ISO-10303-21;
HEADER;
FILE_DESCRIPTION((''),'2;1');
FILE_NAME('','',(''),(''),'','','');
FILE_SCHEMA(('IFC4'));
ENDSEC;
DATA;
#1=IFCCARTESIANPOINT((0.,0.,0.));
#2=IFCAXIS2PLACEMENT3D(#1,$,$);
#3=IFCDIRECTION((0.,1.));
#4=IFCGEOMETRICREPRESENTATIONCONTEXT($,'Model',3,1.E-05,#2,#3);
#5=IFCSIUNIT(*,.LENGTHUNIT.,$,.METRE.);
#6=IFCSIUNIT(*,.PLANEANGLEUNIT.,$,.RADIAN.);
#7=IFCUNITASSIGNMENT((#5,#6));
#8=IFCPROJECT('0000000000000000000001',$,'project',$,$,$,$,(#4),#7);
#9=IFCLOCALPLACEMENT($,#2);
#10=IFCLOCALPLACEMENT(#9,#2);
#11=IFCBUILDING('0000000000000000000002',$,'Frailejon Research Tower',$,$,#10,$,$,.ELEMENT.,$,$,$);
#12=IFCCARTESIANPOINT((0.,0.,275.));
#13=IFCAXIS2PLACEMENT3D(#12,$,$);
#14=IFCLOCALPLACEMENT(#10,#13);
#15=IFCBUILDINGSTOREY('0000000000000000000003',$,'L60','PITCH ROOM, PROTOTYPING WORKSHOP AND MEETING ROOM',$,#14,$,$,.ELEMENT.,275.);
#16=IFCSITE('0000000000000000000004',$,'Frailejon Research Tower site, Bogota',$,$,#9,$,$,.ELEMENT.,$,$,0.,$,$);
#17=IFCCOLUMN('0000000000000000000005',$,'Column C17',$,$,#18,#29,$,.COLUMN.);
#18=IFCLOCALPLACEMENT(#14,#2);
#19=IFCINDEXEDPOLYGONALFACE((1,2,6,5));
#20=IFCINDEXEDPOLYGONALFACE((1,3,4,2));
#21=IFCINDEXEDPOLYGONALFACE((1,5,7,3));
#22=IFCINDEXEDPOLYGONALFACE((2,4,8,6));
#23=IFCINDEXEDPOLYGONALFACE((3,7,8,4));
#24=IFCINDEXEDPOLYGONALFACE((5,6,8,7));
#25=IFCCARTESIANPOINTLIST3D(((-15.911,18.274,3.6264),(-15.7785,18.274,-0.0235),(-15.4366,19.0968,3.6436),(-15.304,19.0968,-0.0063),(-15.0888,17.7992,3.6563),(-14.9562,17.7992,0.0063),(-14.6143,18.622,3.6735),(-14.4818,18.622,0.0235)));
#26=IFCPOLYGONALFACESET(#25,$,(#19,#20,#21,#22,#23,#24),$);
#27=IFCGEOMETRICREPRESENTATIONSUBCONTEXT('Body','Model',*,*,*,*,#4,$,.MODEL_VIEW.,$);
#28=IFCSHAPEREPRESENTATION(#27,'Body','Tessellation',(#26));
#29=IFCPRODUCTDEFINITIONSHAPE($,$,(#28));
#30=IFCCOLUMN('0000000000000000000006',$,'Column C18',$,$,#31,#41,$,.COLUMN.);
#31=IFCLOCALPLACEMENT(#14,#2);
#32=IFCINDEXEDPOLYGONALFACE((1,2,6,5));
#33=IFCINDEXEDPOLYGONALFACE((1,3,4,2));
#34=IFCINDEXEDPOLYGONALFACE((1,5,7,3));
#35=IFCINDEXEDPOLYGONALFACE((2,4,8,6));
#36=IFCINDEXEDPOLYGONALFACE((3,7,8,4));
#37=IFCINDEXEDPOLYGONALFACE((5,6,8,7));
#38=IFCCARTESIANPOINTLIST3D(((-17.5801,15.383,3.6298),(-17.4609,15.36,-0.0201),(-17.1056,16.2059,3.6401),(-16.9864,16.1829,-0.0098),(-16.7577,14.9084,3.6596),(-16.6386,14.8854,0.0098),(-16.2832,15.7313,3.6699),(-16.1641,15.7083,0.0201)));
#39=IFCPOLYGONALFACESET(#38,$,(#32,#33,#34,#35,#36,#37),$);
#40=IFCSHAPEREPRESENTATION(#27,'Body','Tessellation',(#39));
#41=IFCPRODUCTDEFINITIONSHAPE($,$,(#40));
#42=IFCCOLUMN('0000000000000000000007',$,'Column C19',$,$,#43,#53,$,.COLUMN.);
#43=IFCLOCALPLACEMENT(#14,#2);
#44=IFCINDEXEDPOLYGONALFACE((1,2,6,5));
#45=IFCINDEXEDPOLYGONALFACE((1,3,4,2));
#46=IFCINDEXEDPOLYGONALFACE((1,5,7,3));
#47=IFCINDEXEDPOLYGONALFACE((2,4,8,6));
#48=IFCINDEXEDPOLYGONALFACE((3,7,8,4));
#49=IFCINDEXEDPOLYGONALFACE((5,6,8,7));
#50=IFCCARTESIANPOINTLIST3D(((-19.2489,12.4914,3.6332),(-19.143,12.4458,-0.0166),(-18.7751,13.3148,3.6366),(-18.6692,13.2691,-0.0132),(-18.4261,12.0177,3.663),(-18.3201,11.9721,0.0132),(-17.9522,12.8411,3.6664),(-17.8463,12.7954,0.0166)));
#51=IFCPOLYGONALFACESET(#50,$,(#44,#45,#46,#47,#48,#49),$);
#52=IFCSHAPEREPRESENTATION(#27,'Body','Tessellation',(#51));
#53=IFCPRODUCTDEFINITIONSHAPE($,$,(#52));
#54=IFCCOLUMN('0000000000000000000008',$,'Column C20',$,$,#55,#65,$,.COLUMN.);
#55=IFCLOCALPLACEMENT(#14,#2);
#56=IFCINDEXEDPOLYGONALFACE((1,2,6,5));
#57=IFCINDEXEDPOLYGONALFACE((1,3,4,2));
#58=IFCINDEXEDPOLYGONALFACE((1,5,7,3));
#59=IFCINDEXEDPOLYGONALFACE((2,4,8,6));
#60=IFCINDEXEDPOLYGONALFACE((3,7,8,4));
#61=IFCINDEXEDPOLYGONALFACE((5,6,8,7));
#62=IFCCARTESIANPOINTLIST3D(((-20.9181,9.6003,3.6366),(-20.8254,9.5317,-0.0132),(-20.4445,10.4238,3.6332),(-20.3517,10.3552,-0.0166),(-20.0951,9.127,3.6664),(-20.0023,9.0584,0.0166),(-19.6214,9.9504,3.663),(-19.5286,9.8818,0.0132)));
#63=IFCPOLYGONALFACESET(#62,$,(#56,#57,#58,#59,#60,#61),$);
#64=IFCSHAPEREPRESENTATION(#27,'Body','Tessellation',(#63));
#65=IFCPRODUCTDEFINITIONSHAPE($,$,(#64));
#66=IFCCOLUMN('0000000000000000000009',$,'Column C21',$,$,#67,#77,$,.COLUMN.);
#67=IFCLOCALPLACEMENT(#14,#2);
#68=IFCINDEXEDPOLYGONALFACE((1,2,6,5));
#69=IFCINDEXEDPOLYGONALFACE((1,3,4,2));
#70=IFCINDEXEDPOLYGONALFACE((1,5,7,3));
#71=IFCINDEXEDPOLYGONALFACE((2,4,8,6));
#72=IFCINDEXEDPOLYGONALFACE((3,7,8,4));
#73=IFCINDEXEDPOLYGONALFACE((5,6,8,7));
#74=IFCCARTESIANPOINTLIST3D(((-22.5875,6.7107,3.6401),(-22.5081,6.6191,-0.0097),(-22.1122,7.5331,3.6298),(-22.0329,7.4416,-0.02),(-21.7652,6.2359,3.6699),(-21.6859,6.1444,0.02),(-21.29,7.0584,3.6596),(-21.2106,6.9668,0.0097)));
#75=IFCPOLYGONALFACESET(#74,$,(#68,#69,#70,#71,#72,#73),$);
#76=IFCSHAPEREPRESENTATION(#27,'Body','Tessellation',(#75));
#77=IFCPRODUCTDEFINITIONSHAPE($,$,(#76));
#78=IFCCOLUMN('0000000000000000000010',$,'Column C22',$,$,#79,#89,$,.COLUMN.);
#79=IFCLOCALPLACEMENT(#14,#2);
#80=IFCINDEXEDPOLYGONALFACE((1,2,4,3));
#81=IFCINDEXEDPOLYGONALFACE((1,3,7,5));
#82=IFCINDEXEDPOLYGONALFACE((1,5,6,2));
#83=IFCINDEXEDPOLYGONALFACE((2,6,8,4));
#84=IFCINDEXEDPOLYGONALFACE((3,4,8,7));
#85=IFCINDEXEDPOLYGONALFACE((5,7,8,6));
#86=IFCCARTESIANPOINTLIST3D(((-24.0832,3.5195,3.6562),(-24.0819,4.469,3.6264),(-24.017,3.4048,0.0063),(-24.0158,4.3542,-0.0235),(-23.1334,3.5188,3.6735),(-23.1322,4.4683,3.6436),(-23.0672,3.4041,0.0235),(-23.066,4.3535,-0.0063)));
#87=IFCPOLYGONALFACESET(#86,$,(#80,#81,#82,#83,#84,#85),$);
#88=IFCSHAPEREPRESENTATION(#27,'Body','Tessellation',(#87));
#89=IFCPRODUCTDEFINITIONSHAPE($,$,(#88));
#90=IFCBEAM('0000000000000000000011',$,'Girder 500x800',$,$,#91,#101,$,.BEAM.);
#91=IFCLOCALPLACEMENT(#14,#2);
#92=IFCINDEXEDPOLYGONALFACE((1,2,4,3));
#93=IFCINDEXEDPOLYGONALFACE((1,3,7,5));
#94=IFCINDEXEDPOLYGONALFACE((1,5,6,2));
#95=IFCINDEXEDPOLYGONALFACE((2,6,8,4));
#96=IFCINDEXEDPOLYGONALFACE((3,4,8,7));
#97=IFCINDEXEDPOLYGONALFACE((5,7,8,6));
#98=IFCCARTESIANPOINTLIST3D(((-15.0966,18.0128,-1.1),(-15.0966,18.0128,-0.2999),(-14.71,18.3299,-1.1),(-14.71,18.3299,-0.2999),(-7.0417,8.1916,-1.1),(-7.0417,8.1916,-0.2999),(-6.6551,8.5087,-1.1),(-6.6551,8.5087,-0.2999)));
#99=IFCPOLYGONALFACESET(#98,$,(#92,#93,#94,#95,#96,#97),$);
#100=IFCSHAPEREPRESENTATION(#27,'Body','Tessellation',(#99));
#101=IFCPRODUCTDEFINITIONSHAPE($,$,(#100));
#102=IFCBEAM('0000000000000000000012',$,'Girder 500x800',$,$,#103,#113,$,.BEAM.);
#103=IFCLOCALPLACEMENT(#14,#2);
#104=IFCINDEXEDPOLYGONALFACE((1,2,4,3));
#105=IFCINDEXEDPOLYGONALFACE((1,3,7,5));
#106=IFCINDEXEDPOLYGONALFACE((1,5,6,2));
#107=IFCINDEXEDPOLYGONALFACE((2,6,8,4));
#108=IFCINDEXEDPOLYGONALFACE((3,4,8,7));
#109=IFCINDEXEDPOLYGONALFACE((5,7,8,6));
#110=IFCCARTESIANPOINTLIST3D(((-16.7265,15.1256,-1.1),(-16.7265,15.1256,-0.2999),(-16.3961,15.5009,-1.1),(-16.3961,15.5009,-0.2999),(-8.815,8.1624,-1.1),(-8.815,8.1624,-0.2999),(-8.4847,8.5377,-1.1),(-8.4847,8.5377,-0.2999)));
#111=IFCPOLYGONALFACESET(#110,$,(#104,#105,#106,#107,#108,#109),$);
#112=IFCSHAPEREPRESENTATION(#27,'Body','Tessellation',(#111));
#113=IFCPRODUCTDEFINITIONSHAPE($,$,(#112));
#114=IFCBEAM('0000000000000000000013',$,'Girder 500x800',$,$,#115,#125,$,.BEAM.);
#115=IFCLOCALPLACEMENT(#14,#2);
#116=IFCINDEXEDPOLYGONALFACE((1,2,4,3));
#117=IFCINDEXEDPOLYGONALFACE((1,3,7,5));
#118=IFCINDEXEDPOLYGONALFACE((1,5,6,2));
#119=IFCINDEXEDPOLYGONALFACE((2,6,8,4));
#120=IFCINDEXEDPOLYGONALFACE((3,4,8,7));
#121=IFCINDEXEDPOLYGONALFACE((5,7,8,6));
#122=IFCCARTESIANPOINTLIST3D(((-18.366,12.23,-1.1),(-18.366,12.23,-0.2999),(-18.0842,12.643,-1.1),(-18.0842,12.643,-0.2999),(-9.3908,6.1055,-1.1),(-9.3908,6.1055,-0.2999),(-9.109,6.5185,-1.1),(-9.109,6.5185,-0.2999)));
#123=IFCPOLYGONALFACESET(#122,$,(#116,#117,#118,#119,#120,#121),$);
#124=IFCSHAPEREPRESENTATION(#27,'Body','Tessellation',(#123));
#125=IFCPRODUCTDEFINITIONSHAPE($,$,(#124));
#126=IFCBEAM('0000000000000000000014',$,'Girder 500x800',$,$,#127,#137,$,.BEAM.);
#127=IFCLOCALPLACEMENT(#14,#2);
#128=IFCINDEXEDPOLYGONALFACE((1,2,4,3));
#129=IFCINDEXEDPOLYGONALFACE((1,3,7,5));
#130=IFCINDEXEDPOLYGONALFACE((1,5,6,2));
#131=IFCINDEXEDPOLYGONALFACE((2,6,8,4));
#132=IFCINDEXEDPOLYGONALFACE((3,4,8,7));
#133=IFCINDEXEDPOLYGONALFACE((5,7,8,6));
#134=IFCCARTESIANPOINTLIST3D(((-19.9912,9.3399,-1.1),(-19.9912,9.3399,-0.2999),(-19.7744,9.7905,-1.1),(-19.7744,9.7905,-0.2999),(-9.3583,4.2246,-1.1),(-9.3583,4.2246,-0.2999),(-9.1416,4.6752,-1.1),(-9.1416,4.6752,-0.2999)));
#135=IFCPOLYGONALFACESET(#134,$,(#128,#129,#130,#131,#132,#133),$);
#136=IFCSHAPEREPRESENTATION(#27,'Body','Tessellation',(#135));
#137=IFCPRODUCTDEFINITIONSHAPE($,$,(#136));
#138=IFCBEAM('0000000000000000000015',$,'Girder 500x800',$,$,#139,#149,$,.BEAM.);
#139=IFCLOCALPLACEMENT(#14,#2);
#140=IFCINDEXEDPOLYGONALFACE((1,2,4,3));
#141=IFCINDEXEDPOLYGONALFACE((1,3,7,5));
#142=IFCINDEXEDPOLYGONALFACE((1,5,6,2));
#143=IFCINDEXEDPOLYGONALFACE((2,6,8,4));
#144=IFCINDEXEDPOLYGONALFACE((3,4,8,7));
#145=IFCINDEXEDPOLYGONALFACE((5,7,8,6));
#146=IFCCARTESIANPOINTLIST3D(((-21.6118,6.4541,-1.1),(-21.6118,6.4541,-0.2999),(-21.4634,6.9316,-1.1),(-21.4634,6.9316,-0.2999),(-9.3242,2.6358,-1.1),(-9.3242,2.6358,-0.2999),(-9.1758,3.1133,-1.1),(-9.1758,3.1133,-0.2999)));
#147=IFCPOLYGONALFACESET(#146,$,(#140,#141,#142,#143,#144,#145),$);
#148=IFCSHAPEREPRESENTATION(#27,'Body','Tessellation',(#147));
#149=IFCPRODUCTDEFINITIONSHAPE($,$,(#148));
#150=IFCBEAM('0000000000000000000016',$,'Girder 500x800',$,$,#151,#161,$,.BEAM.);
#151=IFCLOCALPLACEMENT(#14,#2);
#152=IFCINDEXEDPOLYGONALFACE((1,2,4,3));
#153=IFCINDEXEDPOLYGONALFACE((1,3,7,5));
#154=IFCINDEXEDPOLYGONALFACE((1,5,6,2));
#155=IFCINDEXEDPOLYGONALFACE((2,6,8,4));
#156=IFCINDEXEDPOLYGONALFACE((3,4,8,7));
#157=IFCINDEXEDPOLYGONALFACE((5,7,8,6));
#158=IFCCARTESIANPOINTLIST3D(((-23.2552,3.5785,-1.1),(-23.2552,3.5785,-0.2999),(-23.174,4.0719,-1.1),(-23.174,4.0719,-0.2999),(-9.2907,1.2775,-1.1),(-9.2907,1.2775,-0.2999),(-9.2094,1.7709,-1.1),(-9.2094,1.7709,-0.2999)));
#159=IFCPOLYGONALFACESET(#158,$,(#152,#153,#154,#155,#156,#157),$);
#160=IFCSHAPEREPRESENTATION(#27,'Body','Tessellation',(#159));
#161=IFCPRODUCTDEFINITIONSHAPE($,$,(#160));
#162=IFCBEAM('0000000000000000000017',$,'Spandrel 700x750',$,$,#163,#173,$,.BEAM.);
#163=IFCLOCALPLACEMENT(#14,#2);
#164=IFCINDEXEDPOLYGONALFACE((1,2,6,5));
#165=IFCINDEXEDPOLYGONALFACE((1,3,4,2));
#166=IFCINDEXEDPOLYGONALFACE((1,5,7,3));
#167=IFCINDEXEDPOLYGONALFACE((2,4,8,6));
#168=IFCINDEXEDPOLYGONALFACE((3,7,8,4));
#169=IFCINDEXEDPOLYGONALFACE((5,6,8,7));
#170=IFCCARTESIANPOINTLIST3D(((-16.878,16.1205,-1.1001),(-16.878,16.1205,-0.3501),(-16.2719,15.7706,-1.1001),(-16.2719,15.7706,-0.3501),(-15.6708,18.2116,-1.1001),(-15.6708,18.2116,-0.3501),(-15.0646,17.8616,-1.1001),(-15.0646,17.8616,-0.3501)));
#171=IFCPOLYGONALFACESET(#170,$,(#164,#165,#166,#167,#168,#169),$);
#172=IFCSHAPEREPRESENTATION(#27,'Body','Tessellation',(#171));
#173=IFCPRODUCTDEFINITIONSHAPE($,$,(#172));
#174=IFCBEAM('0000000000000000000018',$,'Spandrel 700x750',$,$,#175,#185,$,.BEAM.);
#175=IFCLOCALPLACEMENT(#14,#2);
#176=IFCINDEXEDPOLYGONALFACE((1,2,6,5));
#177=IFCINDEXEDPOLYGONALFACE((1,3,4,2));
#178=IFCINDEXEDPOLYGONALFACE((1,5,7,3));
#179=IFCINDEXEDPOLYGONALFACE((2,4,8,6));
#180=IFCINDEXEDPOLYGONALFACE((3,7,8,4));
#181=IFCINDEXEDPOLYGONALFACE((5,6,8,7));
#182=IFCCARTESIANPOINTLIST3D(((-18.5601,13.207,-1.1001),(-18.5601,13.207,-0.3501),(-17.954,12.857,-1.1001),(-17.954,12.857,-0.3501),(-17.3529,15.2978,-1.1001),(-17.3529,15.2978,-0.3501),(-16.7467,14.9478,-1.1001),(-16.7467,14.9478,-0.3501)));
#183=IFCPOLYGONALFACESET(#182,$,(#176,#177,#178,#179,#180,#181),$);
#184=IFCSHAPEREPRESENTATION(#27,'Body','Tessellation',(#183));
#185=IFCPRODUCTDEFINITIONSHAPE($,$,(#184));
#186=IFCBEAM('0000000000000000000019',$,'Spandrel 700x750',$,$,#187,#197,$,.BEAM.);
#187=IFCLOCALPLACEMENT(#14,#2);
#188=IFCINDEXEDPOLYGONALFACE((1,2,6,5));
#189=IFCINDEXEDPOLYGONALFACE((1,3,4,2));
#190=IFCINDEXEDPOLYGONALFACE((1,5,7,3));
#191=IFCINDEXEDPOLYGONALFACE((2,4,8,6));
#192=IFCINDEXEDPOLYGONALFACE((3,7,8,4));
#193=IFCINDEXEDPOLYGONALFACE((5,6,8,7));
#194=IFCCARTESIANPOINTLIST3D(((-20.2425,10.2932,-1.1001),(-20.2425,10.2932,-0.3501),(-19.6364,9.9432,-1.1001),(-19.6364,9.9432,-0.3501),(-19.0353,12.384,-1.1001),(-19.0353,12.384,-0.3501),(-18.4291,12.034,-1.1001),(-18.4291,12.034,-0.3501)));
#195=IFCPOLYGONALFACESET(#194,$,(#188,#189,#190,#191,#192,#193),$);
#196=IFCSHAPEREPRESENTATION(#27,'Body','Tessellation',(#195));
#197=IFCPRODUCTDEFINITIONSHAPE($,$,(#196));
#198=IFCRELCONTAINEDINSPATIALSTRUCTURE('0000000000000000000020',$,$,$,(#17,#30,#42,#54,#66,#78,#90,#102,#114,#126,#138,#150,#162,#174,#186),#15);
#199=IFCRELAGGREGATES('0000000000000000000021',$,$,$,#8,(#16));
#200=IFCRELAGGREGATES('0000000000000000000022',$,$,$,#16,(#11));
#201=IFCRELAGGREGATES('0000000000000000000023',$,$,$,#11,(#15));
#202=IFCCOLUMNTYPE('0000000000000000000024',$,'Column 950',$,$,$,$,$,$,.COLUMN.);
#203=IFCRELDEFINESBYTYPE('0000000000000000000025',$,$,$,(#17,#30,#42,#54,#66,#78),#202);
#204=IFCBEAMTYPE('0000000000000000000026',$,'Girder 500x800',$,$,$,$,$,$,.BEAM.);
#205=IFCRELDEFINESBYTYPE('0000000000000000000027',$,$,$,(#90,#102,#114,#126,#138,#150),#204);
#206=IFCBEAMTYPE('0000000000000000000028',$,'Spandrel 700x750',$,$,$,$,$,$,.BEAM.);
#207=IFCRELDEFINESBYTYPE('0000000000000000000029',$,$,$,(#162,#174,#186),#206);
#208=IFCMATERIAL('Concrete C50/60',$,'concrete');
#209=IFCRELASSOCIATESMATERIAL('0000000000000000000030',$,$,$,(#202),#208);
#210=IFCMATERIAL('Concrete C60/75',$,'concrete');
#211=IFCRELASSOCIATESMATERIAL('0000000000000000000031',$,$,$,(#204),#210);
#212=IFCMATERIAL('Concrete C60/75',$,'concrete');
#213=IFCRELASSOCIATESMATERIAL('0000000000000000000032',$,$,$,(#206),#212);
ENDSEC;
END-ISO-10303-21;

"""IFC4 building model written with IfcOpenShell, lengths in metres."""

from ifc_helpers import new_model, si_unit, direction, frame, origin, origin_2d, place, context, subcontext, project, spatial, rectangle, extrude, material, material_profile, profile_set, type_object, element, save


model = new_model("IFC4")

# Units and contexts
model_context = context("Model", 3, precision=1e-05, world=origin(), true_north=direction((0.0, 1.0)))
body_context = subcontext(model_context, "Body", "Model", "MODEL_VIEW")
ifc_project = project(units=[si_unit("LENGTHUNIT", "METRE"), si_unit("PLANEANGLEUNIT", "RADIAN")], contexts=[model_context])

# Site, building, storey
site_placement = place(None, origin())
site = spatial("IfcSite", under=ifc_project, at=site_placement, Name="Frailejon Research Tower site, Bogota", CompositionType="ELEMENT", RefElevation=0.0)
building_placement = place(site_placement, origin())
building = spatial("IfcBuilding", under=site, at=building_placement, Name="Frailejon Research Tower", CompositionType="ELEMENT")
storey_placement = place(building_placement, frame((0.0, 0.0, 275.0)))
storey = spatial("IfcBuildingStorey", under=building, at=storey_placement, Name="L60", Description="PITCH ROOM, PROTOTYPING WORKSHOP AND MEETING ROOM", CompositionType="ELEMENT", Elevation=275.0)

# Columns
ifc_material_1 = material(Name="Concrete C50/60", Category="concrete")
ifc_material_profile_1 = material_profile(ifc_material_1, rectangle(XDim=0.95, YDim=0.95, at=origin_2d()), Name="Column 950")
ifc_profile_set_1 = profile_set([ifc_material_profile_1], Name="Concrete C50/60")
column_type = type_object("IfcColumnType", Name="Column 950", PredefinedType="COLUMN", material=ifc_profile_set_1)
column_1_placement = place(storey_placement, frame((-15.1301, 18.448, 0.0), z_axis=(-0.036297, 0.0, 0.999341), x_axis=(-0.499424, -0.866168, -0.01814)))
element("IfcColumn", 1, at=column_1_placement, inside=storey, type_object=column_type, Name="Column C17", PredefinedType="COLUMN", context=body_context, shape_type="SweptSolid", body=[
    extrude(rectangle(XDim=0.95, YDim=0.95, at=origin_2d()), origin(), (0.0, 0.0, 1.0), 3.6523),
])
column_2_placement = place(storey_placement, frame((-16.8125, 15.5342, 0.0), z_axis=(-0.032624, 0.006284, 0.999448), x_axis=(-0.49952, -0.866234, -0.010859)))
element("IfcColumn", 2, at=column_2_placement, inside=storey, type_object=column_type, Name="Column C18", PredefinedType="COLUMN", context=body_context, shape_type="SweptSolid", body=[
    extrude(rectangle(XDim=0.95, YDim=0.95, at=origin_2d()), origin(), (0.0, 0.0, 1.0), 3.6519),
])
for number, where, z_axis, x_axis, name in (
    (3, (-18.4946, 12.6206, 0.0), (-0.029016, 0.012502, 0.999501), (-0.498794, -0.866713, -0.003639), "Column C19"),
    (4, (-20.177, 9.7068, 0.0), (-0.025405, 0.018787, 0.999501), (-0.498612, -0.866818, 0.003619), "Column C20"),
):
    element("IfcColumn", number, at=place(storey_placement, frame(where, z_axis=z_axis, x_axis=x_axis)), inside=storey, type_object=column_type, Name=name, PredefinedType="COLUMN", context=body_context, shape_type="SweptSolid", body=[
        extrude(rectangle(XDim=0.95, YDim=0.95, at=origin_2d()), origin(), (0.0, 0.0, 1.0), 3.6516),
    ])
column_3_placement = place(storey_placement, frame((-21.8594, 6.793, 0.0), z_axis=(-0.021727, 0.02507, 0.99945), x_axis=(-0.500266, -0.865804, 0.010842)))
element("IfcColumn", 5, at=column_3_placement, inside=storey, type_object=column_type, Name="Column C21", PredefinedType="COLUMN", context=body_context, shape_type="SweptSolid", body=[
    extrude(rectangle(XDim=0.95, YDim=0.95, at=origin_2d()), origin(), (0.0, 0.0, 1.0), 3.6519),
])
column_4_placement = place(storey_placement, frame((-23.5415, 3.8792, 0.0), z_axis=(-0.018115, 0.031417, 0.999342), x_axis=(-0.001297, -0.999506, 0.031399)))
element("IfcColumn", 6, at=column_4_placement, inside=storey, type_object=column_type, Name="Column C22", PredefinedType="COLUMN", context=body_context, shape_type="SweptSolid", body=[
    extrude(rectangle(XDim=0.95, YDim=0.95, at=origin_2d()), origin(), (0.0, 0.0, 1.0), 3.6523),
])

# Beams
ifc_material_2 = material(Name="Concrete C60/75", Category="concrete")
ifc_material_profile_2 = material_profile(ifc_material_2, rectangle(XDim=0.5, YDim=0.8, at=origin_2d()), Name="Girder 500x800")
ifc_profile_set_2 = profile_set([ifc_material_profile_2], Name="Concrete C60/75")
beam_type_1 = type_object("IfcBeamType", Name="Girder 500x800", PredefinedType="BEAM", material=ifc_profile_set_2)
beam_1_placement = place(storey_placement, frame((-14.9033, 18.1714, -0.7), z_axis=(0.634149, -0.773211, 0.0), x_axis=(0.773211, 0.634149, 0.0)))
element("IfcBeam", 7, at=beam_1_placement, inside=storey, type_object=beam_type_1, Name="Girder 500x800", PredefinedType="BEAM", context=body_context, shape_type="SweptSolid", body=[
    extrude(rectangle(XDim=0.5, YDim=0.8, at=origin_2d()), origin(), (0.0, 0.0, 1.0), 12.7019),
])
beam_2_placement = place(storey_placement, frame((-16.5613, 15.3132, -0.7), z_axis=(0.750661, -0.660688, 0.0), x_axis=(0.660688, 0.750661, 0.0)))
element("IfcBeam", 8, at=beam_2_placement, inside=storey, type_object=beam_type_1, Name="Girder 500x800", PredefinedType="BEAM", context=body_context, shape_type="SweptSolid", body=[
    extrude(rectangle(XDim=0.5, YDim=0.8, at=origin_2d()), origin(), (0.0, 0.0, 1.0), 10.5393),
])
beam_3_placement = place(storey_placement, frame((-18.2251, 12.4365, -0.7), z_axis=(0.826008, -0.563659, 0.0), x_axis=(0.563659, 0.826008, 0.0)))
element("IfcBeam", 9, at=beam_3_placement, inside=storey, type_object=beam_type_1, Name="Girder 500x800", PredefinedType="BEAM", context=body_context, shape_type="SweptSolid", body=[
    extrude(rectangle(XDim=0.5, YDim=0.8, at=origin_2d()), origin(), (0.0, 0.0, 1.0), 10.8657),
])
beam_4_placement = place(storey_placement, frame((-19.8828, 9.5652, -0.7), z_axis=(0.901143, -0.433522, 0.0), x_axis=(0.433522, 0.901143, 0.0)))
element("IfcBeam", 10, at=beam_4_placement, inside=storey, type_object=beam_type_1, Name="Girder 500x800", PredefinedType="BEAM", context=body_context, shape_type="SweptSolid", body=[
    extrude(rectangle(XDim=0.5, YDim=0.8, at=origin_2d()), origin(), (0.0, 0.0, 1.0), 11.7993),
])
beam_5_placement = place(storey_placement, frame((-21.5376, 6.6929, -0.7), z_axis=(0.954955, -0.296751, 0.0), x_axis=(0.296751, 0.954955, 0.0)))
element("IfcBeam", 11, at=beam_5_placement, inside=storey, type_object=beam_type_1, Name="Girder 500x800", PredefinedType="BEAM", context=body_context, shape_type="SweptSolid", body=[
    extrude(rectangle(XDim=0.5, YDim=0.8, at=origin_2d()), origin(), (0.0, 0.0, 1.0), 12.8672),
])
beam_6_placement = place(storey_placement, frame((-23.2146, 3.8252, -0.7), z_axis=(0.986695, -0.162583, 0.0), x_axis=(0.162583, 0.986695, 0.0)))
element("IfcBeam", 12, at=beam_6_placement, inside=storey, type_object=beam_type_1, Name="Girder 500x800", PredefinedType="BEAM", context=body_context, shape_type="SweptSolid", body=[
    extrude(rectangle(XDim=0.5, YDim=0.8, at=origin_2d()), origin(), (0.0, 0.0, 1.0), 14.1528),
])
ifc_material_3 = material(Name="Concrete C60/75", Category="concrete")
ifc_material_profile_3 = material_profile(ifc_material_3, rectangle(XDim=0.7, YDim=0.75, at=origin_2d()), Name="Spandrel 700x750")
ifc_profile_set_3 = profile_set([ifc_material_profile_3], Name="Concrete C60/75")
beam_type_2 = type_object("IfcBeamType", Name="Spandrel 700x750", PredefinedType="BEAM", material=ifc_profile_set_3)
beam_7_placement = place(storey_placement, frame((-15.3677, 18.0366, -0.7251), z_axis=(-0.5, -0.866026, 0.0), x_axis=(0.866026, -0.5, 0.0)))
element("IfcBeam", 13, at=beam_7_placement, inside=storey, type_object=beam_type_2, Name="Spandrel 700x750", PredefinedType="BEAM", context=body_context, shape_type="SweptSolid", body=[
    extrude(rectangle(XDim=0.7, YDim=0.75, at=origin_2d()), origin(), (0.0, 0.0, 1.0), 2.4146),
])
for number, where, z_axis, x_axis, name in (
    (14, (-17.0498, 15.1228, -0.7251), (-0.500043, -0.866, 0.0), (0.866, -0.500043, 0.0), "Spandrel 700x750"),
    (15, (-18.7322, 12.209, -0.7251), (-0.500043, -0.866, 0.0), (0.866, -0.500043, 0.0), "Spandrel 700x750"),
):
    element("IfcBeam", number, at=place(storey_placement, frame(where, z_axis=z_axis, x_axis=x_axis)), inside=storey, type_object=beam_type_2, Name=name, PredefinedType="BEAM", context=body_context, shape_type="SweptSolid", body=[
        extrude(rectangle(XDim=0.7, YDim=0.75, at=origin_2d()), origin(), (0.0, 0.0, 1.0), 2.4143),
    ])

save(model, "model.ifc")
